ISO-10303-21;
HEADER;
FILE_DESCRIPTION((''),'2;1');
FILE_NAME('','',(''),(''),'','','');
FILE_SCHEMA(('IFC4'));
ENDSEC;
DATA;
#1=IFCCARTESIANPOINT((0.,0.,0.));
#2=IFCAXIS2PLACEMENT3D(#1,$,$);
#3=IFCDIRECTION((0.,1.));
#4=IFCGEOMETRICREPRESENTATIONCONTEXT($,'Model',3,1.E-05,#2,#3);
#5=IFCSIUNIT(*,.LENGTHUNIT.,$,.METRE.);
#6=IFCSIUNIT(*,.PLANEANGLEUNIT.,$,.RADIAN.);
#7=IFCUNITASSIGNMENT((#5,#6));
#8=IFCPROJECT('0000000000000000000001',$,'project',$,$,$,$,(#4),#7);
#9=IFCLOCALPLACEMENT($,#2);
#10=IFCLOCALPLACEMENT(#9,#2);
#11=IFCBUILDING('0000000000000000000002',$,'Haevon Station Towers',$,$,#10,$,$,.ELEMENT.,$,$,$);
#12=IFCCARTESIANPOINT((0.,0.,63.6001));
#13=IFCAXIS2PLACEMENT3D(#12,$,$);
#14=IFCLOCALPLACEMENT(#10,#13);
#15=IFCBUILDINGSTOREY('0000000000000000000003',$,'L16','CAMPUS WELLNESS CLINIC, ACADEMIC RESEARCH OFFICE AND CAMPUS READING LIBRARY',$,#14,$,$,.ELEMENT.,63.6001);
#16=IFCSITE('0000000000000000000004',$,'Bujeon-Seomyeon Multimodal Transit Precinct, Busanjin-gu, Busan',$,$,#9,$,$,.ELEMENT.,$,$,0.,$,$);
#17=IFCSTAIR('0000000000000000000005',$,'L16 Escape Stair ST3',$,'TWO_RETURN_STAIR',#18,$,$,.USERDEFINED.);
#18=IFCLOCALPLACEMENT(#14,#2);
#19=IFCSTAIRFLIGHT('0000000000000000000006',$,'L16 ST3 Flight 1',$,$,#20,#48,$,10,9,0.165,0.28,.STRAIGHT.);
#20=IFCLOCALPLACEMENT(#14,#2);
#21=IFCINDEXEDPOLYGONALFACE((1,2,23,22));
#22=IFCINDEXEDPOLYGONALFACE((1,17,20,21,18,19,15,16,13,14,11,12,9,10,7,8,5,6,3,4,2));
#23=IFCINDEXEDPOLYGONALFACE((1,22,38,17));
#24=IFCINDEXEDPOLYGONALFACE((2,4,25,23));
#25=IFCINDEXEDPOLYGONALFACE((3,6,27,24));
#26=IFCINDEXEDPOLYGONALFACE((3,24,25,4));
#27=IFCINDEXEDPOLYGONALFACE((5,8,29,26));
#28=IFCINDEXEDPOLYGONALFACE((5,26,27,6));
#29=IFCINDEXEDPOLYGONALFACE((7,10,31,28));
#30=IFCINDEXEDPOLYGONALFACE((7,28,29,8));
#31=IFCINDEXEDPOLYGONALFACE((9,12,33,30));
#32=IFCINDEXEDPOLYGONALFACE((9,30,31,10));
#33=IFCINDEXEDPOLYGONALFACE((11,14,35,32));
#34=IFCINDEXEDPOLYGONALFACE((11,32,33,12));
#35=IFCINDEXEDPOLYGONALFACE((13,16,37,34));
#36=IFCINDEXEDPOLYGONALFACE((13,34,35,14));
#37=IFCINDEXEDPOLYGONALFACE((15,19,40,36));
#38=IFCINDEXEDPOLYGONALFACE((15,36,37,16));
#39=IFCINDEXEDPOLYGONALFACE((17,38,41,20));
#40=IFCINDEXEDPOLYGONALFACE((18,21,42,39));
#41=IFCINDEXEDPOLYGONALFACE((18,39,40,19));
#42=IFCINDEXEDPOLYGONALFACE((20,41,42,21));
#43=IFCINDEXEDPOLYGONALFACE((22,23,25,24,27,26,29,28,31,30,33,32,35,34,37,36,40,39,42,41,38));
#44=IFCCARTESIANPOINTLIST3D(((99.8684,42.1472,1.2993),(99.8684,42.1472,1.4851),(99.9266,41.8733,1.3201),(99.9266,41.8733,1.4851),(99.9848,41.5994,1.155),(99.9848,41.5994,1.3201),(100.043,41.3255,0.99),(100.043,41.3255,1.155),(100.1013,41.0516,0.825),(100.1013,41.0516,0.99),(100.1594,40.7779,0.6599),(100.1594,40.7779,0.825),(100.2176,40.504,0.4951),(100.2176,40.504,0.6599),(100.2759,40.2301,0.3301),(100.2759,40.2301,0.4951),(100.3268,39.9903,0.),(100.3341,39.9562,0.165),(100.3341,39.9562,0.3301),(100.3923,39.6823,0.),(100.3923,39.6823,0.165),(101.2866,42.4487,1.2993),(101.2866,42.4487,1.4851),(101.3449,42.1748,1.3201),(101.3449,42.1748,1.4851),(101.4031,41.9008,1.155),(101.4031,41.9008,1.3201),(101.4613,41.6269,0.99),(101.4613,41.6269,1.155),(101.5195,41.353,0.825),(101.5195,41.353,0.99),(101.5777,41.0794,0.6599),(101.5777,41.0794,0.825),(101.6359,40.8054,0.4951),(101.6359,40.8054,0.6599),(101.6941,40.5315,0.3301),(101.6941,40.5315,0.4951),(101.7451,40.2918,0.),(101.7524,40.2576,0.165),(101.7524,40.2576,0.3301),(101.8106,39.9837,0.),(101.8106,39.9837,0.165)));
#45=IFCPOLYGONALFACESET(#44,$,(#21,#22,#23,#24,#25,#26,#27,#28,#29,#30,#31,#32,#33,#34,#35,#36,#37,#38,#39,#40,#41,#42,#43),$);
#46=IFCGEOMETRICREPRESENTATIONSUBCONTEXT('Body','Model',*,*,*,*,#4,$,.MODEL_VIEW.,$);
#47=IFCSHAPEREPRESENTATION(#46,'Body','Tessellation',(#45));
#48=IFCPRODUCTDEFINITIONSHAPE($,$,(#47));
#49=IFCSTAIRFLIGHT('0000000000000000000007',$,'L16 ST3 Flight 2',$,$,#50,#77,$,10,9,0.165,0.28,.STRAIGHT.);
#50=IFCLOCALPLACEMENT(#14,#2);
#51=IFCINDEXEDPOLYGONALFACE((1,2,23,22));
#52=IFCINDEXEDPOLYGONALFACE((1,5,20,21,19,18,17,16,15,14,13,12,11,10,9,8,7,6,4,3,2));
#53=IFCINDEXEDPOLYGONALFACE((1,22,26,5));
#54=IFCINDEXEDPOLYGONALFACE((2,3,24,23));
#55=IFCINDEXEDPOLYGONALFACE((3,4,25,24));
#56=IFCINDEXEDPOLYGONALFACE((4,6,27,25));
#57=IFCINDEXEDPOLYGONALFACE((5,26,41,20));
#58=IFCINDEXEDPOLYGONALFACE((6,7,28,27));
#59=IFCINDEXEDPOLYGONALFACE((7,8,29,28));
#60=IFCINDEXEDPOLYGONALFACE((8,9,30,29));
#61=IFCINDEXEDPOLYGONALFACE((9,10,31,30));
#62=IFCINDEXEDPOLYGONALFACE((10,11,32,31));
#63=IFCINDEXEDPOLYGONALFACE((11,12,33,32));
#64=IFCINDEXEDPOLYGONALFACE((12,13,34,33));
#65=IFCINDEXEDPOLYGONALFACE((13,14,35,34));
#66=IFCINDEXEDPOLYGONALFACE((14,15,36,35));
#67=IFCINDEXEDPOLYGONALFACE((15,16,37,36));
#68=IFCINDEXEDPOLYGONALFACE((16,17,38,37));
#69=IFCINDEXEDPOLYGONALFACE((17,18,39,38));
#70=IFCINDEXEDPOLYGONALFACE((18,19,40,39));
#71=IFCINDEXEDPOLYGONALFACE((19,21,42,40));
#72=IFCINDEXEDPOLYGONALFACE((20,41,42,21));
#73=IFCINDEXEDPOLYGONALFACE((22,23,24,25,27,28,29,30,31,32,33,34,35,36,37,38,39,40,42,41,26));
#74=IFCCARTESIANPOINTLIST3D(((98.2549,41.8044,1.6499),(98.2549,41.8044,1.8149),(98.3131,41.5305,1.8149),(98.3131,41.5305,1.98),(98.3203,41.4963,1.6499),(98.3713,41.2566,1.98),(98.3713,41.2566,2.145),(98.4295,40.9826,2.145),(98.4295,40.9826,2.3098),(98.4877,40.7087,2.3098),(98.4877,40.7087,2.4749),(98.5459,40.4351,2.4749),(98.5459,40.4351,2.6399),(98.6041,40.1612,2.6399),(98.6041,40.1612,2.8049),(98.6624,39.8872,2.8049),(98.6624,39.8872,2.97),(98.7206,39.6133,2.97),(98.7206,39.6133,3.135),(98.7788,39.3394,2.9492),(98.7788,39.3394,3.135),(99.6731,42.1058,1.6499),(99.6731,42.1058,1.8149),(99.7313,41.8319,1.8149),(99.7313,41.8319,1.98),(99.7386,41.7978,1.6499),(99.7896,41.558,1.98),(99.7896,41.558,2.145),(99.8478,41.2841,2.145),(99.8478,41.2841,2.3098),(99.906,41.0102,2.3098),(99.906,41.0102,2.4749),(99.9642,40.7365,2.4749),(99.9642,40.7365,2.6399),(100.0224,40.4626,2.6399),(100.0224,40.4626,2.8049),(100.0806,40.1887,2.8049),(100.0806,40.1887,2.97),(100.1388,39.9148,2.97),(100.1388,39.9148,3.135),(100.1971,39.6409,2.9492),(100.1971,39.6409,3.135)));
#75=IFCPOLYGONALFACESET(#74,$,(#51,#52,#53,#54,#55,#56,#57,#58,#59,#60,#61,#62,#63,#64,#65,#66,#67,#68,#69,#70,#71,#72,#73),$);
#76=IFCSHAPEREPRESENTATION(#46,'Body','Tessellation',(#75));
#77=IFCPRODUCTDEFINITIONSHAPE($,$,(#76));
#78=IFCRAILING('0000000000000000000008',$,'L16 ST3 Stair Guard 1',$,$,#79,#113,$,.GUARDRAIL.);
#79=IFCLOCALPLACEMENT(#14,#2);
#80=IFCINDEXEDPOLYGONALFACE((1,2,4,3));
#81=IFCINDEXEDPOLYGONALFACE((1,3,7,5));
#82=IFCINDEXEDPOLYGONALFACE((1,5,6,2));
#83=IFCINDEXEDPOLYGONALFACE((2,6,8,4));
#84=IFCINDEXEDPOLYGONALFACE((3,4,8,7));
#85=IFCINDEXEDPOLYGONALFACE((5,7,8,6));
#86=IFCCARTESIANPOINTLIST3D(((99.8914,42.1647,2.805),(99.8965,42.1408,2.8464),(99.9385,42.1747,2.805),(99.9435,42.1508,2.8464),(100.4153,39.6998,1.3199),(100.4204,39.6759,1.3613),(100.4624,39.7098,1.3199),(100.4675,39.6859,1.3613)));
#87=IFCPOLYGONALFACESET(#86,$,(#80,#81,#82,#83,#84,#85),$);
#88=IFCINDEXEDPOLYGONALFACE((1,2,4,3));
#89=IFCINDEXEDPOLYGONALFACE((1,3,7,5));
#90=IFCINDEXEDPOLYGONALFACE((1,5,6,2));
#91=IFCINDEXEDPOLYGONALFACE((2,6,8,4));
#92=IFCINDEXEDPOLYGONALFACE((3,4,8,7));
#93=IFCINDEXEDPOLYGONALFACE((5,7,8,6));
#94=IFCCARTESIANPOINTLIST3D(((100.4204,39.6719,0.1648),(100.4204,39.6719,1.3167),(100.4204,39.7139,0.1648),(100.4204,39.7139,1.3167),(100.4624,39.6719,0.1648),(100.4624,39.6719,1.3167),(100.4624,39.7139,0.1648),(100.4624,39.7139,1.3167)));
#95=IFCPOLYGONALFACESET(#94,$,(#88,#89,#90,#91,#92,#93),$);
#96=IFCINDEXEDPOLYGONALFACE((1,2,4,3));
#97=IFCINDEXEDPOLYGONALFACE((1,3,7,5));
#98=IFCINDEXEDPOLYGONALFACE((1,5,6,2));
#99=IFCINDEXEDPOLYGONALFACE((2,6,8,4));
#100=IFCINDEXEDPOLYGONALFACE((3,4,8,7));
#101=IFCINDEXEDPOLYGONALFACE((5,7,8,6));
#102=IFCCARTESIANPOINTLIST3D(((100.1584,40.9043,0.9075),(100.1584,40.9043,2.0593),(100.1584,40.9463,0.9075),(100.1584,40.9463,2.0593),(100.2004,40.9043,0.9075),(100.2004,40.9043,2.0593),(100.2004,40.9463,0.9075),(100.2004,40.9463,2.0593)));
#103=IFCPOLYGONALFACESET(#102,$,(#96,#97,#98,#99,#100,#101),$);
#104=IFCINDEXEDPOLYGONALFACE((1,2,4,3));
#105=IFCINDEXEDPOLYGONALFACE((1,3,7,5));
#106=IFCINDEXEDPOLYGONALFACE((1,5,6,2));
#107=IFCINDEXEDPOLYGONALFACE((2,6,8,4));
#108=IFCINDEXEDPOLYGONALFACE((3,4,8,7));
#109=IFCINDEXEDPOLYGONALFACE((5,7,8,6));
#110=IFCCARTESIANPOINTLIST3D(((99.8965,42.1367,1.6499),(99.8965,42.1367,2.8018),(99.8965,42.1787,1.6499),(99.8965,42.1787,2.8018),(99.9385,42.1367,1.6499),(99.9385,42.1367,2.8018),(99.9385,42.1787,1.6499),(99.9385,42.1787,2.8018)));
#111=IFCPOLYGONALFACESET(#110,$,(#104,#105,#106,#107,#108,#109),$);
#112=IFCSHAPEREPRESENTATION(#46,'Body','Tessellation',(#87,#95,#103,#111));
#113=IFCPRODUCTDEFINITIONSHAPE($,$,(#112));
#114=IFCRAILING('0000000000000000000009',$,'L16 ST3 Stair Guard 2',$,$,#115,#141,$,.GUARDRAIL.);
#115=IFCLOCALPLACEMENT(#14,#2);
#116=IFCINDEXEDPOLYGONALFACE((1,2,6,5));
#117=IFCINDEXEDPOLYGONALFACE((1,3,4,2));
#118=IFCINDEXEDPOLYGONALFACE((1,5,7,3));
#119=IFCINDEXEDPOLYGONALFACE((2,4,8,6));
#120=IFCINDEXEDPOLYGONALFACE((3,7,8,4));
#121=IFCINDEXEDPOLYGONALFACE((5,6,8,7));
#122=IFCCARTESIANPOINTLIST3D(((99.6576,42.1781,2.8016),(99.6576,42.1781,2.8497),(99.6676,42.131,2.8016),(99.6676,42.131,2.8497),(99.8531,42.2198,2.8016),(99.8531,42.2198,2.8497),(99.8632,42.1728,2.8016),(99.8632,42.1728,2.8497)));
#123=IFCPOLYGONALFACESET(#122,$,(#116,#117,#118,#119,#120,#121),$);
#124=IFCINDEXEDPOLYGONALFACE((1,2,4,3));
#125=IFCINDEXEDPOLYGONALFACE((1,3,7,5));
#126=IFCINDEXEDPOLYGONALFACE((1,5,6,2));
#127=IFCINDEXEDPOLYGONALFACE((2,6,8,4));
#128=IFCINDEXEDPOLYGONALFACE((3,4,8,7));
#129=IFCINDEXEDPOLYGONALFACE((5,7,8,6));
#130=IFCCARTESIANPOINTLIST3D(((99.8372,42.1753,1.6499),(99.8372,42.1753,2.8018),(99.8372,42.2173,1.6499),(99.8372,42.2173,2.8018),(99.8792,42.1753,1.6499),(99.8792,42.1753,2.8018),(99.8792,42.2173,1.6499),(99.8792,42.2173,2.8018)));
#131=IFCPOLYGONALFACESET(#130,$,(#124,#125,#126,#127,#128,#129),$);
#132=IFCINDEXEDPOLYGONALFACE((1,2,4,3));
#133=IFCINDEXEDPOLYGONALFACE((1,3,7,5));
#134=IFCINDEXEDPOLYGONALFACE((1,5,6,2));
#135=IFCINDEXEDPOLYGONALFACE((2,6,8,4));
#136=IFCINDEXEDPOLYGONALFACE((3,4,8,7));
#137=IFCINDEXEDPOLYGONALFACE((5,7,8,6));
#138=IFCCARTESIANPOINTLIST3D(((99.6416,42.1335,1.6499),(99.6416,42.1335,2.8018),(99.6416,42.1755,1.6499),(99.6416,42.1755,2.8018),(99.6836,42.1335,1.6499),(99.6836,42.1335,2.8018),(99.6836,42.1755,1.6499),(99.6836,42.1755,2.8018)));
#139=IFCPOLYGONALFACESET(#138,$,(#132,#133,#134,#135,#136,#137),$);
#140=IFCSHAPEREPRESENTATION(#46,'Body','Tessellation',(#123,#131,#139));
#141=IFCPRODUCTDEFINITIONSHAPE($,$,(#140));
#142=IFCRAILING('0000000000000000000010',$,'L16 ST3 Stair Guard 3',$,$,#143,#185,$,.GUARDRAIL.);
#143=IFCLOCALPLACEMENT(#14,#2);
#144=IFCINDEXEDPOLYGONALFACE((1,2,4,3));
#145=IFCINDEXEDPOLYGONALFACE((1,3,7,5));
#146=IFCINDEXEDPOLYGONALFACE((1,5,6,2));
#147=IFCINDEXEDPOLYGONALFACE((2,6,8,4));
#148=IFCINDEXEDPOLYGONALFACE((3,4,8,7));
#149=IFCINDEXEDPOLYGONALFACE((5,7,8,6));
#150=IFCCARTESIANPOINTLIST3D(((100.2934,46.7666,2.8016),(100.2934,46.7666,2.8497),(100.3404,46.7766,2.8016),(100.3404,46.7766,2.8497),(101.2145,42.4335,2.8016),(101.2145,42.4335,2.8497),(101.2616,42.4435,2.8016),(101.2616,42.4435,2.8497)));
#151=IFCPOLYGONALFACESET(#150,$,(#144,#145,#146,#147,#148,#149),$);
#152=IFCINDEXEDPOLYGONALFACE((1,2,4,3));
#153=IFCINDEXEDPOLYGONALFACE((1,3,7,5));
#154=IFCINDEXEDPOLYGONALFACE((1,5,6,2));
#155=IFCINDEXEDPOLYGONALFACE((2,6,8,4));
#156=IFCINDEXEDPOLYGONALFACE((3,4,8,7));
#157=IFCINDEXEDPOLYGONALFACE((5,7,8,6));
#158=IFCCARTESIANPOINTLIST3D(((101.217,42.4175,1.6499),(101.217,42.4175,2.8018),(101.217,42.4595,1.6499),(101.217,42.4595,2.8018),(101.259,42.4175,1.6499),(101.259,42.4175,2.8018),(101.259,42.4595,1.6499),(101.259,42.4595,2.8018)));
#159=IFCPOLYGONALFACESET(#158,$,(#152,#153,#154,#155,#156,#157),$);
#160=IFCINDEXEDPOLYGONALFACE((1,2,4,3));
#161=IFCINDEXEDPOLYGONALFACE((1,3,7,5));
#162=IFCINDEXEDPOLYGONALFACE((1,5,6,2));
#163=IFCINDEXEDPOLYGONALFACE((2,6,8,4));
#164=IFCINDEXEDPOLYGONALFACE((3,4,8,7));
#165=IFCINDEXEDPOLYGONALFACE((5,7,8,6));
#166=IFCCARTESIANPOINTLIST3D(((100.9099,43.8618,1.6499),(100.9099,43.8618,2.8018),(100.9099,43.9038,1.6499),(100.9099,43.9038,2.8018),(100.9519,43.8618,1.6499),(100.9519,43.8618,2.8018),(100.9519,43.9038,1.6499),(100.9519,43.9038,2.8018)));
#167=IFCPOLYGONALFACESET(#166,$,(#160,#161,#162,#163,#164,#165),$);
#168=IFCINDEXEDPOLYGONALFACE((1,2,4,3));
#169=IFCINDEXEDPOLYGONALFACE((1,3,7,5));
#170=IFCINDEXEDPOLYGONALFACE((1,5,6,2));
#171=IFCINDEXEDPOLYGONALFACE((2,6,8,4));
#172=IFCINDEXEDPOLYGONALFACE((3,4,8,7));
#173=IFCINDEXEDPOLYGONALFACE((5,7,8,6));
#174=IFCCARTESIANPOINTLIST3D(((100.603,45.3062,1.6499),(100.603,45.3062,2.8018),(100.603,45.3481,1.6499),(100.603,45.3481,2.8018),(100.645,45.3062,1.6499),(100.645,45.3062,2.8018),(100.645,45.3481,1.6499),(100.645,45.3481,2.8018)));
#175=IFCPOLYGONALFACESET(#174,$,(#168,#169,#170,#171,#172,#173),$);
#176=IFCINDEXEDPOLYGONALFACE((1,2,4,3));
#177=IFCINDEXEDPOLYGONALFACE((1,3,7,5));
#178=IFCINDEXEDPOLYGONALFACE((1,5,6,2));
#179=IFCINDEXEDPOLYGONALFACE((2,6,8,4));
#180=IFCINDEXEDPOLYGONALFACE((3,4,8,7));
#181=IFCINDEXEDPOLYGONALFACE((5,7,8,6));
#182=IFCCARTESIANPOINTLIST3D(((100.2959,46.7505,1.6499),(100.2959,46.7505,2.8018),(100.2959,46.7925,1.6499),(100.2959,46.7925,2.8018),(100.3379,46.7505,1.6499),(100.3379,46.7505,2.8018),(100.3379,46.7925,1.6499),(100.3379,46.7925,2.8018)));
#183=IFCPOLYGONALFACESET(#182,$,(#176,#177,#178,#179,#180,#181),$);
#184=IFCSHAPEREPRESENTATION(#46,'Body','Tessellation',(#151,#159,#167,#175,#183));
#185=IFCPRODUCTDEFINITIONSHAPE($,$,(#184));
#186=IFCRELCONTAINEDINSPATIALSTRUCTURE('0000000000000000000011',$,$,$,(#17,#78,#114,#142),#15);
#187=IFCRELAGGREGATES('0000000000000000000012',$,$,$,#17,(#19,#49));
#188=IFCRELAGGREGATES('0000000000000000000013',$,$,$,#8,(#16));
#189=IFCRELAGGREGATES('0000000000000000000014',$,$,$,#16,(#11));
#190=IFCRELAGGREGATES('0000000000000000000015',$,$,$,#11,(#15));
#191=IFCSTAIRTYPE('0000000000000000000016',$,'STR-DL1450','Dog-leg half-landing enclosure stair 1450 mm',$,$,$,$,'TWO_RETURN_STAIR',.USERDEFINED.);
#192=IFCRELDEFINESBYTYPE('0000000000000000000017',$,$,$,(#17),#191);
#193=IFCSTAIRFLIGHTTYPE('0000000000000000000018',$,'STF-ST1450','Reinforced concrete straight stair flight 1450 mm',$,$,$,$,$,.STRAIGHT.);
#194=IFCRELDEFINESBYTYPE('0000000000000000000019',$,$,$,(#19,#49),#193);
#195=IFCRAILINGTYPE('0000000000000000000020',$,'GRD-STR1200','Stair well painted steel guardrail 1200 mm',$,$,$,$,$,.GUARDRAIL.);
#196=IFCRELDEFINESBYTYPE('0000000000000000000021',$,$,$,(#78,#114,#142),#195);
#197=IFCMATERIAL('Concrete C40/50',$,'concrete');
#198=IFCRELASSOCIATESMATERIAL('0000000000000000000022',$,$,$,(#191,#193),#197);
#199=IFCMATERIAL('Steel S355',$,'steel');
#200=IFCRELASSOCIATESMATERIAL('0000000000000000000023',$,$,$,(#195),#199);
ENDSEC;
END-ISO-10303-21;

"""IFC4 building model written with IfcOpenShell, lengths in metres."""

from ifc_helpers import new_model, si_unit, direction, frame, origin, origin_2d, place, context, subcontext, project, spatial, polyline, rectangle, outline, extrude, material, type_object, element, aggregate, save


model = new_model("IFC4")

# Units and contexts
model_context = context("Model", 3, precision=1e-05, world=origin(), true_north=direction((0.0, 1.0)))
body_context = subcontext(model_context, "Body", "Model", "MODEL_VIEW")
ifc_project = project(units=[si_unit("LENGTHUNIT", "METRE"), si_unit("PLANEANGLEUNIT", "RADIAN")], contexts=[model_context])

# Site, building, storey
site_placement = place(None, origin())
site = spatial("IfcSite", under=ifc_project, at=site_placement, Name="Bujeon-Seomyeon Multimodal Transit Precinct, Busanjin-gu, Busan", CompositionType="ELEMENT", RefElevation=0.0)
building_placement = place(site_placement, origin())
building = spatial("IfcBuilding", under=site, at=building_placement, Name="Haevon Station Towers", CompositionType="ELEMENT")
storey_placement = place(building_placement, frame((0.0, 0.0, 63.6001)))
storey = spatial("IfcBuildingStorey", under=building, at=storey_placement, Name="L16", Description="CAMPUS WELLNESS CLINIC, ACADEMIC RESEARCH OFFICE AND CAMPUS READING LIBRARY", CompositionType="ELEMENT", Elevation=63.6001)

# Shared definitions
ifc_material_1 = material(Name="Steel S355", Category="steel")

# Shared definitions
ifc_material_2 = material(Name="Concrete C40/50", Category="concrete")

# Stair, stair flights
stair_type = type_object("IfcStairType", Name="STR-DL1450", Description="Dog-leg half-landing enclosure stair 1450 mm", ElementType="TWO_RETURN_STAIR", PredefinedType="USERDEFINED", material=ifc_material_2)
stair_placement = place(storey_placement, origin())
stair = element("IfcStair", 1, at=stair_placement, inside=storey, type_object=stair_type, Name="L16 Escape Stair ST3", ObjectType="TWO_RETURN_STAIR", PredefinedType="USERDEFINED")
stair_flight_type = type_object("IfcStairFlightType", Name="STF-ST1450", Description="Reinforced concrete straight stair flight 1450 mm", PredefinedType="STRAIGHT", material=ifc_material_2)
stair_flight_1_placement = place(storey_placement, frame((101.1016, 39.833, 0.0), z_axis=(0.0, 0.0, 1.0), x_axis=(-0.207912, 0.978148, 0.0)))
stair_flight_1 = element("IfcStairFlight", 2, at=stair_flight_1_placement, type_object=stair_flight_type, Name="L16 ST3 Flight 1", NumberOfRisers=10, NumberOfTreads=9, PredefinedType="STRAIGHT", RiserHeight=0.165, TreadLength=0.28, context=body_context, shape_type="SweptSolid", body=[
    extrude(outline(polyline([(0.0, 0.0), (0.0, 0.165), (0.28, 0.165), (0.28, 0.3301), (0.5601, 0.3301), (0.5601, 0.4951), (0.8401, 0.4951), (0.8401, 0.6599), (1.1201, 0.6599), (1.1201, 0.825), (1.3999, 0.825), (1.3999, 0.99), (1.6799, 0.99), (1.6799, 1.155), (1.96, 1.155), (1.96, 1.3201), (2.24, 1.3201), (2.24, 1.4851), (2.52, 1.4851), (2.52, 1.6499), (2.52, 1.2993), (0.3149, 0.0), (0.0, 0.0)])), frame((0.0, 0.7251, 0.0), z_axis=(0.0, -1.0, 0.0), x_axis=(1.0, 0.0, 0.0)), (0.0, 0.0, 1.0), 1.45),
])
stair_flight_2_placement = place(storey_placement, frame((98.9639, 41.9551, 1.6499), z_axis=(0.0, 0.0, 1.0), x_axis=(0.207912, -0.978148, 0.0)))
stair_flight_2 = element("IfcStairFlight", 3, at=stair_flight_2_placement, type_object=stair_flight_type, Name="L16 ST3 Flight 2", NumberOfRisers=10, NumberOfTreads=9, PredefinedType="STRAIGHT", RiserHeight=0.165, TreadLength=0.28, context=body_context, shape_type="SweptSolid", body=[
    extrude(outline(polyline([(0.0, 0.0), (0.0, 0.165), (0.28, 0.165), (0.28, 0.3301), (0.5601, 0.3301), (0.5601, 0.4951), (0.8401, 0.4951), (0.8401, 0.6599), (1.1201, 0.6599), (1.1201, 0.825), (1.3999, 0.825), (1.3999, 0.99), (1.6799, 0.99), (1.6799, 1.155), (1.96, 1.155), (1.96, 1.3201), (2.24, 1.3201), (2.24, 1.4851), (2.52, 1.4851), (2.52, 1.6499), (2.52, 1.2993), (0.3149, 0.0), (0.0, 0.0)])), frame((0.0, 0.7251, 0.0), z_axis=(0.0, -1.0, 0.0), x_axis=(1.0, 0.0, 0.0)), (0.0, 0.0, 1.0), 1.45),
])
aggregate(stair, [stair_flight_1, stair_flight_2])

# Railings
railing_type_1 = type_object("IfcRailingType", Name="GRD-STR1200", Description="Stair well painted steel guardrail 1200 mm", PredefinedType="GUARDRAIL", material=ifc_material_1)
railing_1_placement = place(storey_placement, frame((100.4414, 39.6929, 0.1648)))
element("IfcRailing", 4, at=railing_1_placement, inside=storey, type_object=railing_type_1, Name="L16 ST3 Stair Guard 1", PredefinedType="GUARDRAIL", context=body_context, shape_type="SweptSolid", body=[
    extrude(rectangle(XDim=0.0481, YDim=0.0481, at=origin_2d()), frame((0.0, 0.0, 1.1758), z_axis=(-0.179121, 0.842688, 0.507733), x_axis=(-0.978147, -0.207914, 0.0)), (0.0, 0.0, 1.0), 2.925),
    extrude(rectangle(XDim=0.042, YDim=0.042, at=origin_2d()), origin(), (0.0, 0.0, 1.0), 1.1519),
    extrude(rectangle(XDim=0.042, YDim=0.042, at=origin_2d()), frame((-0.262, 1.2324, 0.7427)), (0.0, 0.0, 1.0), 1.1519),
    extrude(rectangle(XDim=0.042, YDim=0.042, at=origin_2d()), frame((-0.5239, 2.4648, 1.4851)), (0.0, 0.0, 1.0), 1.1519),
])
railing_2_placement = place(storey_placement, frame((99.8582, 42.1963, 1.6499)))
element("IfcRailing", 5, at=railing_2_placement, inside=storey, type_object=railing_type_1, Name="L16 ST3 Stair Guard 2", PredefinedType="GUARDRAIL", context=body_context, shape_type="SweptSolid", body=[
    extrude(rectangle(XDim=0.0481, YDim=0.0481, at=origin_2d()), frame((0.0, 0.0, 1.1758), z_axis=(-0.977963, -0.208779, 0.0), x_axis=(0.208779, -0.977963, 0.0)), (0.0, 0.0, 1.0), 0.2),
    extrude(rectangle(XDim=0.042, YDim=0.042, at=origin_2d()), origin(), (0.0, 0.0, 1.0), 1.1519),
    extrude(rectangle(XDim=0.042, YDim=0.042, at=origin_2d()), frame((-0.1956, -0.0417, 0.0)), (0.0, 0.0, 1.0), 1.1519),
])
railing_3_placement = place(storey_placement, frame((101.238, 42.4385, 1.6499)))
element("IfcRailing", 6, at=railing_3_placement, inside=storey, type_object=railing_type_1, Name="L16 ST3 Stair Guard 3", PredefinedType="GUARDRAIL", context=body_context, shape_type="SweptSolid", body=[
    extrude(rectangle(XDim=0.0481, YDim=0.0481, at=origin_2d()), frame((0.0, 0.0, 1.1758), z_axis=(-0.20794, 0.978141, 0.0), x_axis=(-0.978141, -0.20794, 0.0)), (0.0, 0.0, 1.0), 4.4299),
    extrude(rectangle(XDim=0.042, YDim=0.042, at=origin_2d()), origin(), (0.0, 0.0, 1.0), 1.1519),
    extrude(rectangle(XDim=0.042, YDim=0.042, at=origin_2d()), frame((-0.3071, 1.4443, 0.0)), (0.0, 0.0, 1.0), 1.1519),
    extrude(rectangle(XDim=0.042, YDim=0.042, at=origin_2d()), frame((-0.614, 2.8887, 0.0)), (0.0, 0.0, 1.0), 1.1519),
    extrude(rectangle(XDim=0.042, YDim=0.042, at=origin_2d()), frame((-0.9211, 4.333, 0.0)), (0.0, 0.0, 1.0), 1.1519),
])

save(model, "model.ifc")
